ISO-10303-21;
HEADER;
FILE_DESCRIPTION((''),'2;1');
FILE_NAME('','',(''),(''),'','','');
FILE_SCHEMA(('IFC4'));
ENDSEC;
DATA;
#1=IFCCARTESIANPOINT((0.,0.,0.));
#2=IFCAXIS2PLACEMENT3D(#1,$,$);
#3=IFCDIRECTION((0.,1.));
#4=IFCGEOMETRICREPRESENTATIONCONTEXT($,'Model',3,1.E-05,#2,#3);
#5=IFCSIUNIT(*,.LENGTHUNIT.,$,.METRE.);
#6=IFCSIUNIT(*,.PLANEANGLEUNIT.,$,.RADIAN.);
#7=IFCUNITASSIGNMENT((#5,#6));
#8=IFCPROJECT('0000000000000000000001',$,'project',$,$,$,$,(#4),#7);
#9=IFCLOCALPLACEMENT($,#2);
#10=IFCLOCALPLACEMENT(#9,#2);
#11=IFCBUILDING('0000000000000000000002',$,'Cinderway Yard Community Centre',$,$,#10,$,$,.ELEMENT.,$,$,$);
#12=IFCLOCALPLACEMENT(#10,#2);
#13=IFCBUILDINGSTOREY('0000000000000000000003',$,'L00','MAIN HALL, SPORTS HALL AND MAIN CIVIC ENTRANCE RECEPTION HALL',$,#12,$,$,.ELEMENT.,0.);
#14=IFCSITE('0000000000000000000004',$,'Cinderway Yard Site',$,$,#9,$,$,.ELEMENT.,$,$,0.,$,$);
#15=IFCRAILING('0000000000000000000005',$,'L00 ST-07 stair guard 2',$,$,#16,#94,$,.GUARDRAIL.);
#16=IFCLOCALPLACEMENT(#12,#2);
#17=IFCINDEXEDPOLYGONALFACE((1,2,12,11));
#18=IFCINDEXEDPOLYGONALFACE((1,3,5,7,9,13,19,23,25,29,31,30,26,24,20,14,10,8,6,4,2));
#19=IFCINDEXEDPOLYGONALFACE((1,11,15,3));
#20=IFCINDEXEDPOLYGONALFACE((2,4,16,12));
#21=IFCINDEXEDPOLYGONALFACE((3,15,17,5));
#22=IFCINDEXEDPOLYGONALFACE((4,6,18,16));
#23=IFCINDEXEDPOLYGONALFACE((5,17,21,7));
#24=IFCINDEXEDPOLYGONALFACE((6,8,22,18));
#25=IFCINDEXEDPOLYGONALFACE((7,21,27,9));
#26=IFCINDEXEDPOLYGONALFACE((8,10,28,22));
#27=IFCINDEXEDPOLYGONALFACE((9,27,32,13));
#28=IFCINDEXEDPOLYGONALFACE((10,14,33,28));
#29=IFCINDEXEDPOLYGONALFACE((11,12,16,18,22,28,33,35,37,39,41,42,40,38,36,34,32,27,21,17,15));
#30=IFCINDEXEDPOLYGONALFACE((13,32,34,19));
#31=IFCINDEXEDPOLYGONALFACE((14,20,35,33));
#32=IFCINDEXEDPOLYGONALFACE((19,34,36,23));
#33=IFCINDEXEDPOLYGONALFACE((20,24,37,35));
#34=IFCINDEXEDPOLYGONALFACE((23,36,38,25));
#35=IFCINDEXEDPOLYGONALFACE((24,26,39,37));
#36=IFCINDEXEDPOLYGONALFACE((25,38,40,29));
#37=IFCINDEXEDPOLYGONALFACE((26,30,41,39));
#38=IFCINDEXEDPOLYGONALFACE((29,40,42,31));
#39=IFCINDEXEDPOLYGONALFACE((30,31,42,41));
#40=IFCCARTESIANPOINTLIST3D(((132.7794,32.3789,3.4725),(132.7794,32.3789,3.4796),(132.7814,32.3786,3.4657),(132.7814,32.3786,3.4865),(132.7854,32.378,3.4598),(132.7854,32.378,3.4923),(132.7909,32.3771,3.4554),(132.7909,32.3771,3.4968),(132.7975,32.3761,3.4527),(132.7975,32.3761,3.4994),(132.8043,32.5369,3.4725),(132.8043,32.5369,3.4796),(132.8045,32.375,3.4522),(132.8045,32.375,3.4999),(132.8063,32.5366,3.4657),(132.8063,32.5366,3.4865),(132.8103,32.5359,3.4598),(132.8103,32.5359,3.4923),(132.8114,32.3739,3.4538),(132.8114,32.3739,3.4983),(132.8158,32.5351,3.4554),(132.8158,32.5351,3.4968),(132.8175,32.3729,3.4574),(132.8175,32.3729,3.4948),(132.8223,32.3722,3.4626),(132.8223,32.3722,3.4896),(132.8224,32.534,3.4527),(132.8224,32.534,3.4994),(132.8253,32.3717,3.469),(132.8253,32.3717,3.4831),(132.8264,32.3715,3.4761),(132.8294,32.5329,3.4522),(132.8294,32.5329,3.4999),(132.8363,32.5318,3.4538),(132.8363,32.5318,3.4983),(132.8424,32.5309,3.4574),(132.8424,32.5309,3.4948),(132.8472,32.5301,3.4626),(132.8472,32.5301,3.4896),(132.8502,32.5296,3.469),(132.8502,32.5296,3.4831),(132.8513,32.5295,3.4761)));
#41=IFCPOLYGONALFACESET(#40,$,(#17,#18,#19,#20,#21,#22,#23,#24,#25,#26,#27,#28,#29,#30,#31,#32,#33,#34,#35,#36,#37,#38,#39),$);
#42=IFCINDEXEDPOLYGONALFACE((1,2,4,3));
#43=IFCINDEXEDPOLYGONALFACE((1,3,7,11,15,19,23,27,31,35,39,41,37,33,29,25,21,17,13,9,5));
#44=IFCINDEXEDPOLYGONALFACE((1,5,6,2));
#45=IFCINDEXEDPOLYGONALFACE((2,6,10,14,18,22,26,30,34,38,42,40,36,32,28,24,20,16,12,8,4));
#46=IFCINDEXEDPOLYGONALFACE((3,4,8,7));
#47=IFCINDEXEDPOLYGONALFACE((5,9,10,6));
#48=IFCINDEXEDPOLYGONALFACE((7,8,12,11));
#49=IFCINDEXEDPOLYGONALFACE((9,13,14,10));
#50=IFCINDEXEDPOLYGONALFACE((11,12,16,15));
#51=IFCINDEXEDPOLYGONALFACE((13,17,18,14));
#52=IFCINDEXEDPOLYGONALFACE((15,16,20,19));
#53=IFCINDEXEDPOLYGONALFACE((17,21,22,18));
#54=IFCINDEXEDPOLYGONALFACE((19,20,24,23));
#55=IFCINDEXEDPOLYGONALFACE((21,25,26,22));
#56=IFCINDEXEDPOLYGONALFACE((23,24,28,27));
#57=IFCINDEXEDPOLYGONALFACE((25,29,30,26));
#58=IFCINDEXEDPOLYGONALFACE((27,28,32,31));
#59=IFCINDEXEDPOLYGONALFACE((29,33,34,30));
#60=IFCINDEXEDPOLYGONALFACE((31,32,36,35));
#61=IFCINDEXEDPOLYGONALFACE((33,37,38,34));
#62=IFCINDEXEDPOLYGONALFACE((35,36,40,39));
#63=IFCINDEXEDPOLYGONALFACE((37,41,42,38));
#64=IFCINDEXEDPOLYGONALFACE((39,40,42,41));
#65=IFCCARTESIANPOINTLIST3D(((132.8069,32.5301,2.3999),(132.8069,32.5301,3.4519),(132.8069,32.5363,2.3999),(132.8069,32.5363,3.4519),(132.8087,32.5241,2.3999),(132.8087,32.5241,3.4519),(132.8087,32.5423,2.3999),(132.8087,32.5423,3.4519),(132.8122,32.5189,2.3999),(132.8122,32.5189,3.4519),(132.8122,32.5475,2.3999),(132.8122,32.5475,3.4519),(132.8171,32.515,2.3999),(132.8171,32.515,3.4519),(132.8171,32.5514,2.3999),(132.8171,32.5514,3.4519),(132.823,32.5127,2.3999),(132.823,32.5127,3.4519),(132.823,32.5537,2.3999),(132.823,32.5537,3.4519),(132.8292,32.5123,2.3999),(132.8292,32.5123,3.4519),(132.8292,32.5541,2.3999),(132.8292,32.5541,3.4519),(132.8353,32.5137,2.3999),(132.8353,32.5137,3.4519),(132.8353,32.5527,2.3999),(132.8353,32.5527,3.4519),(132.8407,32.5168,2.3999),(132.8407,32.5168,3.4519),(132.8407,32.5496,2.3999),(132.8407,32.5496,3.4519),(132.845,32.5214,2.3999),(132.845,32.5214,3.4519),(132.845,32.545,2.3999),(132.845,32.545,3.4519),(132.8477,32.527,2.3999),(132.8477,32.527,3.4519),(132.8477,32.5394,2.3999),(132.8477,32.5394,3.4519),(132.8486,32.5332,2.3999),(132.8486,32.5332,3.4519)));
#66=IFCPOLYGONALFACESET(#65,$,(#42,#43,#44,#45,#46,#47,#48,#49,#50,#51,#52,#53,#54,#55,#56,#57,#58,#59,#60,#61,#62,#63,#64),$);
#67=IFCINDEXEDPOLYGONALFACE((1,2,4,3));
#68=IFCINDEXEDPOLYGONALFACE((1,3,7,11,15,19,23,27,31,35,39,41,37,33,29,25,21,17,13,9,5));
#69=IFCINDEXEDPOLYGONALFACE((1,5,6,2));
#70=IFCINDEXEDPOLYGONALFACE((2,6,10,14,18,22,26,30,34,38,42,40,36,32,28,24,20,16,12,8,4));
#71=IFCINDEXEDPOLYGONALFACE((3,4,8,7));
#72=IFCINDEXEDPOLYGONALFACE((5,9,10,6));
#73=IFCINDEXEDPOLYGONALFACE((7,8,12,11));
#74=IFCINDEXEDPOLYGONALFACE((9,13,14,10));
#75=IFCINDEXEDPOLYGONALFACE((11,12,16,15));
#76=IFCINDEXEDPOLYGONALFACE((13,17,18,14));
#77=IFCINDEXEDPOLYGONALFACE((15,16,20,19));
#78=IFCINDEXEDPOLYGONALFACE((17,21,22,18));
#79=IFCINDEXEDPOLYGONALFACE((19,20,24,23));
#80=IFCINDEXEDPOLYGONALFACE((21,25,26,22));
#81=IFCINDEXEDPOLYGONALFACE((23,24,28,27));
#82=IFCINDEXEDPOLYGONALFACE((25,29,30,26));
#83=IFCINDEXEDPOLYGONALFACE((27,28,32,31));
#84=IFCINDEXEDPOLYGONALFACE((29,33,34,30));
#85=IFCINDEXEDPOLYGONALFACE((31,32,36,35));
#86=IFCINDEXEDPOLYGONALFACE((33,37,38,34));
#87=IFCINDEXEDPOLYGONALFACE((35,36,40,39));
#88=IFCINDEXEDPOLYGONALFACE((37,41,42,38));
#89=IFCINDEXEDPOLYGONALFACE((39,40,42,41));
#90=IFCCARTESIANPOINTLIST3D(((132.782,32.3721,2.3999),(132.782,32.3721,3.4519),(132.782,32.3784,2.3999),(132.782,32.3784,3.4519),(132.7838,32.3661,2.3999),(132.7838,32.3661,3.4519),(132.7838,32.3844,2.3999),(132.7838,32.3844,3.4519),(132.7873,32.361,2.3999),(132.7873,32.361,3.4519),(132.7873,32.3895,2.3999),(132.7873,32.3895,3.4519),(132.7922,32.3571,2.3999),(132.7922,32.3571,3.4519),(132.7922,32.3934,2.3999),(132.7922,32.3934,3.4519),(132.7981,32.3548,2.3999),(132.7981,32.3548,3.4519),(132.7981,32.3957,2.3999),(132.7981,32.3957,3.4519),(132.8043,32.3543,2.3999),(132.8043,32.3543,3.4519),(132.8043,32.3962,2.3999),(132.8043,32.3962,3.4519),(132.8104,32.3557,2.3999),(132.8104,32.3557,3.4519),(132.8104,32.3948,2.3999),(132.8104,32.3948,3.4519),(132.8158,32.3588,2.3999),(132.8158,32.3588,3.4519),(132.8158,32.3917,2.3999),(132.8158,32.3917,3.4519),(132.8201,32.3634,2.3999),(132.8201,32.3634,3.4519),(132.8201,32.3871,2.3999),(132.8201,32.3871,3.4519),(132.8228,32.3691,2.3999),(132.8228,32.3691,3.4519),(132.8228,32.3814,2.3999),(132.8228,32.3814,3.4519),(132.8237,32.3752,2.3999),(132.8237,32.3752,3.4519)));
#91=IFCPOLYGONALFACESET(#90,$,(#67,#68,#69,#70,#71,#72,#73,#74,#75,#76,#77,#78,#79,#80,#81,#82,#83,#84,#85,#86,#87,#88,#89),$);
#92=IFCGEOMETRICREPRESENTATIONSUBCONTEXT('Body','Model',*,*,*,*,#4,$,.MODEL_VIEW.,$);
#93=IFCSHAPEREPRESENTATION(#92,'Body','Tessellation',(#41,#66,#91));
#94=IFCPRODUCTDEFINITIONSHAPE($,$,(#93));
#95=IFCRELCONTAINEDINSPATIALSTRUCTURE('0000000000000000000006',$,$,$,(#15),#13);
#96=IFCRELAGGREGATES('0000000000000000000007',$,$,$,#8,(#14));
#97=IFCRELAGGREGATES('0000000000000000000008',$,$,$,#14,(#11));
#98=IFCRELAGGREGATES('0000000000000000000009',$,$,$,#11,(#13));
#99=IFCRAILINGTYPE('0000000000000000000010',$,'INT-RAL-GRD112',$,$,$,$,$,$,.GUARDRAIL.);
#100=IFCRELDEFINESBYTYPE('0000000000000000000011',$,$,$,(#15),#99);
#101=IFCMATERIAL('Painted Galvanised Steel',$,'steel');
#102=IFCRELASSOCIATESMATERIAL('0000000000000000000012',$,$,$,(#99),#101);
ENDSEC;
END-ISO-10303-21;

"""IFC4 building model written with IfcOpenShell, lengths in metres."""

from ifc_helpers import new_model, si_unit, direction, frame, origin, origin_2d, place, context, subcontext, project, spatial, circle, extrude, material, type_object, element, save


model = new_model("IFC4")

# Units and contexts
model_context = context("Model", 3, precision=1e-05, world=origin(), true_north=direction((0.0, 1.0)))
body_context = subcontext(model_context, "Body", "Model", "MODEL_VIEW")
ifc_project = project(units=[si_unit("LENGTHUNIT", "METRE"), si_unit("PLANEANGLEUNIT", "RADIAN")], contexts=[model_context])

# Site, building, storey
site_placement = place(None, origin())
site = spatial("IfcSite", under=ifc_project, at=site_placement, Name="Cinderway Yard Site", CompositionType="ELEMENT", RefElevation=0.0)
building_placement = place(site_placement, origin())
building = spatial("IfcBuilding", under=site, at=building_placement, Name="Cinderway Yard Community Centre", CompositionType="ELEMENT")
storey_placement = place(building_placement, origin())
storey = spatial("IfcBuildingStorey", under=building, at=storey_placement, Name="L00", Description="MAIN HALL, SPORTS HALL AND MAIN CIVIC ENTRANCE RECEPTION HALL", CompositionType="ELEMENT", Elevation=0.0)

# Shared definitions
ifc_material_1 = material(Name="Painted Galvanised Steel", Category="steel")

# Railing
railing_type_1 = type_object("IfcRailingType", Name="INT-RAL-GRD112", PredefinedType="GUARDRAIL", material=ifc_material_1)
railing_1_placement = place(storey_placement, frame((132.8276, 32.5332, 2.3999)))
element("IfcRailing", 1, at=railing_1_placement, inside=storey, type_object=railing_type_1, Name="L00 ST-07 stair guard 2", PredefinedType="GUARDRAIL", context=body_context, shape_type="SweptSolid", body=[
    extrude(circle(Radius=0.0239, at=origin_2d()), frame((0.0, 0.0, 1.0762), z_axis=(-0.155727, -0.9878, 0.0), x_axis=(0.9878, -0.155727, 0.0)), (0.0, 0.0, 1.0), 0.1599),
    extrude(circle(Radius=0.021, at=origin_2d()), origin(), (0.0, 0.0, 1.0), 1.052),
    extrude(circle(Radius=0.021, at=origin_2d()), frame((-0.0249, -0.158, 0.0)), (0.0, 0.0, 1.0), 1.052),
])

save(model, "model.ifc")
